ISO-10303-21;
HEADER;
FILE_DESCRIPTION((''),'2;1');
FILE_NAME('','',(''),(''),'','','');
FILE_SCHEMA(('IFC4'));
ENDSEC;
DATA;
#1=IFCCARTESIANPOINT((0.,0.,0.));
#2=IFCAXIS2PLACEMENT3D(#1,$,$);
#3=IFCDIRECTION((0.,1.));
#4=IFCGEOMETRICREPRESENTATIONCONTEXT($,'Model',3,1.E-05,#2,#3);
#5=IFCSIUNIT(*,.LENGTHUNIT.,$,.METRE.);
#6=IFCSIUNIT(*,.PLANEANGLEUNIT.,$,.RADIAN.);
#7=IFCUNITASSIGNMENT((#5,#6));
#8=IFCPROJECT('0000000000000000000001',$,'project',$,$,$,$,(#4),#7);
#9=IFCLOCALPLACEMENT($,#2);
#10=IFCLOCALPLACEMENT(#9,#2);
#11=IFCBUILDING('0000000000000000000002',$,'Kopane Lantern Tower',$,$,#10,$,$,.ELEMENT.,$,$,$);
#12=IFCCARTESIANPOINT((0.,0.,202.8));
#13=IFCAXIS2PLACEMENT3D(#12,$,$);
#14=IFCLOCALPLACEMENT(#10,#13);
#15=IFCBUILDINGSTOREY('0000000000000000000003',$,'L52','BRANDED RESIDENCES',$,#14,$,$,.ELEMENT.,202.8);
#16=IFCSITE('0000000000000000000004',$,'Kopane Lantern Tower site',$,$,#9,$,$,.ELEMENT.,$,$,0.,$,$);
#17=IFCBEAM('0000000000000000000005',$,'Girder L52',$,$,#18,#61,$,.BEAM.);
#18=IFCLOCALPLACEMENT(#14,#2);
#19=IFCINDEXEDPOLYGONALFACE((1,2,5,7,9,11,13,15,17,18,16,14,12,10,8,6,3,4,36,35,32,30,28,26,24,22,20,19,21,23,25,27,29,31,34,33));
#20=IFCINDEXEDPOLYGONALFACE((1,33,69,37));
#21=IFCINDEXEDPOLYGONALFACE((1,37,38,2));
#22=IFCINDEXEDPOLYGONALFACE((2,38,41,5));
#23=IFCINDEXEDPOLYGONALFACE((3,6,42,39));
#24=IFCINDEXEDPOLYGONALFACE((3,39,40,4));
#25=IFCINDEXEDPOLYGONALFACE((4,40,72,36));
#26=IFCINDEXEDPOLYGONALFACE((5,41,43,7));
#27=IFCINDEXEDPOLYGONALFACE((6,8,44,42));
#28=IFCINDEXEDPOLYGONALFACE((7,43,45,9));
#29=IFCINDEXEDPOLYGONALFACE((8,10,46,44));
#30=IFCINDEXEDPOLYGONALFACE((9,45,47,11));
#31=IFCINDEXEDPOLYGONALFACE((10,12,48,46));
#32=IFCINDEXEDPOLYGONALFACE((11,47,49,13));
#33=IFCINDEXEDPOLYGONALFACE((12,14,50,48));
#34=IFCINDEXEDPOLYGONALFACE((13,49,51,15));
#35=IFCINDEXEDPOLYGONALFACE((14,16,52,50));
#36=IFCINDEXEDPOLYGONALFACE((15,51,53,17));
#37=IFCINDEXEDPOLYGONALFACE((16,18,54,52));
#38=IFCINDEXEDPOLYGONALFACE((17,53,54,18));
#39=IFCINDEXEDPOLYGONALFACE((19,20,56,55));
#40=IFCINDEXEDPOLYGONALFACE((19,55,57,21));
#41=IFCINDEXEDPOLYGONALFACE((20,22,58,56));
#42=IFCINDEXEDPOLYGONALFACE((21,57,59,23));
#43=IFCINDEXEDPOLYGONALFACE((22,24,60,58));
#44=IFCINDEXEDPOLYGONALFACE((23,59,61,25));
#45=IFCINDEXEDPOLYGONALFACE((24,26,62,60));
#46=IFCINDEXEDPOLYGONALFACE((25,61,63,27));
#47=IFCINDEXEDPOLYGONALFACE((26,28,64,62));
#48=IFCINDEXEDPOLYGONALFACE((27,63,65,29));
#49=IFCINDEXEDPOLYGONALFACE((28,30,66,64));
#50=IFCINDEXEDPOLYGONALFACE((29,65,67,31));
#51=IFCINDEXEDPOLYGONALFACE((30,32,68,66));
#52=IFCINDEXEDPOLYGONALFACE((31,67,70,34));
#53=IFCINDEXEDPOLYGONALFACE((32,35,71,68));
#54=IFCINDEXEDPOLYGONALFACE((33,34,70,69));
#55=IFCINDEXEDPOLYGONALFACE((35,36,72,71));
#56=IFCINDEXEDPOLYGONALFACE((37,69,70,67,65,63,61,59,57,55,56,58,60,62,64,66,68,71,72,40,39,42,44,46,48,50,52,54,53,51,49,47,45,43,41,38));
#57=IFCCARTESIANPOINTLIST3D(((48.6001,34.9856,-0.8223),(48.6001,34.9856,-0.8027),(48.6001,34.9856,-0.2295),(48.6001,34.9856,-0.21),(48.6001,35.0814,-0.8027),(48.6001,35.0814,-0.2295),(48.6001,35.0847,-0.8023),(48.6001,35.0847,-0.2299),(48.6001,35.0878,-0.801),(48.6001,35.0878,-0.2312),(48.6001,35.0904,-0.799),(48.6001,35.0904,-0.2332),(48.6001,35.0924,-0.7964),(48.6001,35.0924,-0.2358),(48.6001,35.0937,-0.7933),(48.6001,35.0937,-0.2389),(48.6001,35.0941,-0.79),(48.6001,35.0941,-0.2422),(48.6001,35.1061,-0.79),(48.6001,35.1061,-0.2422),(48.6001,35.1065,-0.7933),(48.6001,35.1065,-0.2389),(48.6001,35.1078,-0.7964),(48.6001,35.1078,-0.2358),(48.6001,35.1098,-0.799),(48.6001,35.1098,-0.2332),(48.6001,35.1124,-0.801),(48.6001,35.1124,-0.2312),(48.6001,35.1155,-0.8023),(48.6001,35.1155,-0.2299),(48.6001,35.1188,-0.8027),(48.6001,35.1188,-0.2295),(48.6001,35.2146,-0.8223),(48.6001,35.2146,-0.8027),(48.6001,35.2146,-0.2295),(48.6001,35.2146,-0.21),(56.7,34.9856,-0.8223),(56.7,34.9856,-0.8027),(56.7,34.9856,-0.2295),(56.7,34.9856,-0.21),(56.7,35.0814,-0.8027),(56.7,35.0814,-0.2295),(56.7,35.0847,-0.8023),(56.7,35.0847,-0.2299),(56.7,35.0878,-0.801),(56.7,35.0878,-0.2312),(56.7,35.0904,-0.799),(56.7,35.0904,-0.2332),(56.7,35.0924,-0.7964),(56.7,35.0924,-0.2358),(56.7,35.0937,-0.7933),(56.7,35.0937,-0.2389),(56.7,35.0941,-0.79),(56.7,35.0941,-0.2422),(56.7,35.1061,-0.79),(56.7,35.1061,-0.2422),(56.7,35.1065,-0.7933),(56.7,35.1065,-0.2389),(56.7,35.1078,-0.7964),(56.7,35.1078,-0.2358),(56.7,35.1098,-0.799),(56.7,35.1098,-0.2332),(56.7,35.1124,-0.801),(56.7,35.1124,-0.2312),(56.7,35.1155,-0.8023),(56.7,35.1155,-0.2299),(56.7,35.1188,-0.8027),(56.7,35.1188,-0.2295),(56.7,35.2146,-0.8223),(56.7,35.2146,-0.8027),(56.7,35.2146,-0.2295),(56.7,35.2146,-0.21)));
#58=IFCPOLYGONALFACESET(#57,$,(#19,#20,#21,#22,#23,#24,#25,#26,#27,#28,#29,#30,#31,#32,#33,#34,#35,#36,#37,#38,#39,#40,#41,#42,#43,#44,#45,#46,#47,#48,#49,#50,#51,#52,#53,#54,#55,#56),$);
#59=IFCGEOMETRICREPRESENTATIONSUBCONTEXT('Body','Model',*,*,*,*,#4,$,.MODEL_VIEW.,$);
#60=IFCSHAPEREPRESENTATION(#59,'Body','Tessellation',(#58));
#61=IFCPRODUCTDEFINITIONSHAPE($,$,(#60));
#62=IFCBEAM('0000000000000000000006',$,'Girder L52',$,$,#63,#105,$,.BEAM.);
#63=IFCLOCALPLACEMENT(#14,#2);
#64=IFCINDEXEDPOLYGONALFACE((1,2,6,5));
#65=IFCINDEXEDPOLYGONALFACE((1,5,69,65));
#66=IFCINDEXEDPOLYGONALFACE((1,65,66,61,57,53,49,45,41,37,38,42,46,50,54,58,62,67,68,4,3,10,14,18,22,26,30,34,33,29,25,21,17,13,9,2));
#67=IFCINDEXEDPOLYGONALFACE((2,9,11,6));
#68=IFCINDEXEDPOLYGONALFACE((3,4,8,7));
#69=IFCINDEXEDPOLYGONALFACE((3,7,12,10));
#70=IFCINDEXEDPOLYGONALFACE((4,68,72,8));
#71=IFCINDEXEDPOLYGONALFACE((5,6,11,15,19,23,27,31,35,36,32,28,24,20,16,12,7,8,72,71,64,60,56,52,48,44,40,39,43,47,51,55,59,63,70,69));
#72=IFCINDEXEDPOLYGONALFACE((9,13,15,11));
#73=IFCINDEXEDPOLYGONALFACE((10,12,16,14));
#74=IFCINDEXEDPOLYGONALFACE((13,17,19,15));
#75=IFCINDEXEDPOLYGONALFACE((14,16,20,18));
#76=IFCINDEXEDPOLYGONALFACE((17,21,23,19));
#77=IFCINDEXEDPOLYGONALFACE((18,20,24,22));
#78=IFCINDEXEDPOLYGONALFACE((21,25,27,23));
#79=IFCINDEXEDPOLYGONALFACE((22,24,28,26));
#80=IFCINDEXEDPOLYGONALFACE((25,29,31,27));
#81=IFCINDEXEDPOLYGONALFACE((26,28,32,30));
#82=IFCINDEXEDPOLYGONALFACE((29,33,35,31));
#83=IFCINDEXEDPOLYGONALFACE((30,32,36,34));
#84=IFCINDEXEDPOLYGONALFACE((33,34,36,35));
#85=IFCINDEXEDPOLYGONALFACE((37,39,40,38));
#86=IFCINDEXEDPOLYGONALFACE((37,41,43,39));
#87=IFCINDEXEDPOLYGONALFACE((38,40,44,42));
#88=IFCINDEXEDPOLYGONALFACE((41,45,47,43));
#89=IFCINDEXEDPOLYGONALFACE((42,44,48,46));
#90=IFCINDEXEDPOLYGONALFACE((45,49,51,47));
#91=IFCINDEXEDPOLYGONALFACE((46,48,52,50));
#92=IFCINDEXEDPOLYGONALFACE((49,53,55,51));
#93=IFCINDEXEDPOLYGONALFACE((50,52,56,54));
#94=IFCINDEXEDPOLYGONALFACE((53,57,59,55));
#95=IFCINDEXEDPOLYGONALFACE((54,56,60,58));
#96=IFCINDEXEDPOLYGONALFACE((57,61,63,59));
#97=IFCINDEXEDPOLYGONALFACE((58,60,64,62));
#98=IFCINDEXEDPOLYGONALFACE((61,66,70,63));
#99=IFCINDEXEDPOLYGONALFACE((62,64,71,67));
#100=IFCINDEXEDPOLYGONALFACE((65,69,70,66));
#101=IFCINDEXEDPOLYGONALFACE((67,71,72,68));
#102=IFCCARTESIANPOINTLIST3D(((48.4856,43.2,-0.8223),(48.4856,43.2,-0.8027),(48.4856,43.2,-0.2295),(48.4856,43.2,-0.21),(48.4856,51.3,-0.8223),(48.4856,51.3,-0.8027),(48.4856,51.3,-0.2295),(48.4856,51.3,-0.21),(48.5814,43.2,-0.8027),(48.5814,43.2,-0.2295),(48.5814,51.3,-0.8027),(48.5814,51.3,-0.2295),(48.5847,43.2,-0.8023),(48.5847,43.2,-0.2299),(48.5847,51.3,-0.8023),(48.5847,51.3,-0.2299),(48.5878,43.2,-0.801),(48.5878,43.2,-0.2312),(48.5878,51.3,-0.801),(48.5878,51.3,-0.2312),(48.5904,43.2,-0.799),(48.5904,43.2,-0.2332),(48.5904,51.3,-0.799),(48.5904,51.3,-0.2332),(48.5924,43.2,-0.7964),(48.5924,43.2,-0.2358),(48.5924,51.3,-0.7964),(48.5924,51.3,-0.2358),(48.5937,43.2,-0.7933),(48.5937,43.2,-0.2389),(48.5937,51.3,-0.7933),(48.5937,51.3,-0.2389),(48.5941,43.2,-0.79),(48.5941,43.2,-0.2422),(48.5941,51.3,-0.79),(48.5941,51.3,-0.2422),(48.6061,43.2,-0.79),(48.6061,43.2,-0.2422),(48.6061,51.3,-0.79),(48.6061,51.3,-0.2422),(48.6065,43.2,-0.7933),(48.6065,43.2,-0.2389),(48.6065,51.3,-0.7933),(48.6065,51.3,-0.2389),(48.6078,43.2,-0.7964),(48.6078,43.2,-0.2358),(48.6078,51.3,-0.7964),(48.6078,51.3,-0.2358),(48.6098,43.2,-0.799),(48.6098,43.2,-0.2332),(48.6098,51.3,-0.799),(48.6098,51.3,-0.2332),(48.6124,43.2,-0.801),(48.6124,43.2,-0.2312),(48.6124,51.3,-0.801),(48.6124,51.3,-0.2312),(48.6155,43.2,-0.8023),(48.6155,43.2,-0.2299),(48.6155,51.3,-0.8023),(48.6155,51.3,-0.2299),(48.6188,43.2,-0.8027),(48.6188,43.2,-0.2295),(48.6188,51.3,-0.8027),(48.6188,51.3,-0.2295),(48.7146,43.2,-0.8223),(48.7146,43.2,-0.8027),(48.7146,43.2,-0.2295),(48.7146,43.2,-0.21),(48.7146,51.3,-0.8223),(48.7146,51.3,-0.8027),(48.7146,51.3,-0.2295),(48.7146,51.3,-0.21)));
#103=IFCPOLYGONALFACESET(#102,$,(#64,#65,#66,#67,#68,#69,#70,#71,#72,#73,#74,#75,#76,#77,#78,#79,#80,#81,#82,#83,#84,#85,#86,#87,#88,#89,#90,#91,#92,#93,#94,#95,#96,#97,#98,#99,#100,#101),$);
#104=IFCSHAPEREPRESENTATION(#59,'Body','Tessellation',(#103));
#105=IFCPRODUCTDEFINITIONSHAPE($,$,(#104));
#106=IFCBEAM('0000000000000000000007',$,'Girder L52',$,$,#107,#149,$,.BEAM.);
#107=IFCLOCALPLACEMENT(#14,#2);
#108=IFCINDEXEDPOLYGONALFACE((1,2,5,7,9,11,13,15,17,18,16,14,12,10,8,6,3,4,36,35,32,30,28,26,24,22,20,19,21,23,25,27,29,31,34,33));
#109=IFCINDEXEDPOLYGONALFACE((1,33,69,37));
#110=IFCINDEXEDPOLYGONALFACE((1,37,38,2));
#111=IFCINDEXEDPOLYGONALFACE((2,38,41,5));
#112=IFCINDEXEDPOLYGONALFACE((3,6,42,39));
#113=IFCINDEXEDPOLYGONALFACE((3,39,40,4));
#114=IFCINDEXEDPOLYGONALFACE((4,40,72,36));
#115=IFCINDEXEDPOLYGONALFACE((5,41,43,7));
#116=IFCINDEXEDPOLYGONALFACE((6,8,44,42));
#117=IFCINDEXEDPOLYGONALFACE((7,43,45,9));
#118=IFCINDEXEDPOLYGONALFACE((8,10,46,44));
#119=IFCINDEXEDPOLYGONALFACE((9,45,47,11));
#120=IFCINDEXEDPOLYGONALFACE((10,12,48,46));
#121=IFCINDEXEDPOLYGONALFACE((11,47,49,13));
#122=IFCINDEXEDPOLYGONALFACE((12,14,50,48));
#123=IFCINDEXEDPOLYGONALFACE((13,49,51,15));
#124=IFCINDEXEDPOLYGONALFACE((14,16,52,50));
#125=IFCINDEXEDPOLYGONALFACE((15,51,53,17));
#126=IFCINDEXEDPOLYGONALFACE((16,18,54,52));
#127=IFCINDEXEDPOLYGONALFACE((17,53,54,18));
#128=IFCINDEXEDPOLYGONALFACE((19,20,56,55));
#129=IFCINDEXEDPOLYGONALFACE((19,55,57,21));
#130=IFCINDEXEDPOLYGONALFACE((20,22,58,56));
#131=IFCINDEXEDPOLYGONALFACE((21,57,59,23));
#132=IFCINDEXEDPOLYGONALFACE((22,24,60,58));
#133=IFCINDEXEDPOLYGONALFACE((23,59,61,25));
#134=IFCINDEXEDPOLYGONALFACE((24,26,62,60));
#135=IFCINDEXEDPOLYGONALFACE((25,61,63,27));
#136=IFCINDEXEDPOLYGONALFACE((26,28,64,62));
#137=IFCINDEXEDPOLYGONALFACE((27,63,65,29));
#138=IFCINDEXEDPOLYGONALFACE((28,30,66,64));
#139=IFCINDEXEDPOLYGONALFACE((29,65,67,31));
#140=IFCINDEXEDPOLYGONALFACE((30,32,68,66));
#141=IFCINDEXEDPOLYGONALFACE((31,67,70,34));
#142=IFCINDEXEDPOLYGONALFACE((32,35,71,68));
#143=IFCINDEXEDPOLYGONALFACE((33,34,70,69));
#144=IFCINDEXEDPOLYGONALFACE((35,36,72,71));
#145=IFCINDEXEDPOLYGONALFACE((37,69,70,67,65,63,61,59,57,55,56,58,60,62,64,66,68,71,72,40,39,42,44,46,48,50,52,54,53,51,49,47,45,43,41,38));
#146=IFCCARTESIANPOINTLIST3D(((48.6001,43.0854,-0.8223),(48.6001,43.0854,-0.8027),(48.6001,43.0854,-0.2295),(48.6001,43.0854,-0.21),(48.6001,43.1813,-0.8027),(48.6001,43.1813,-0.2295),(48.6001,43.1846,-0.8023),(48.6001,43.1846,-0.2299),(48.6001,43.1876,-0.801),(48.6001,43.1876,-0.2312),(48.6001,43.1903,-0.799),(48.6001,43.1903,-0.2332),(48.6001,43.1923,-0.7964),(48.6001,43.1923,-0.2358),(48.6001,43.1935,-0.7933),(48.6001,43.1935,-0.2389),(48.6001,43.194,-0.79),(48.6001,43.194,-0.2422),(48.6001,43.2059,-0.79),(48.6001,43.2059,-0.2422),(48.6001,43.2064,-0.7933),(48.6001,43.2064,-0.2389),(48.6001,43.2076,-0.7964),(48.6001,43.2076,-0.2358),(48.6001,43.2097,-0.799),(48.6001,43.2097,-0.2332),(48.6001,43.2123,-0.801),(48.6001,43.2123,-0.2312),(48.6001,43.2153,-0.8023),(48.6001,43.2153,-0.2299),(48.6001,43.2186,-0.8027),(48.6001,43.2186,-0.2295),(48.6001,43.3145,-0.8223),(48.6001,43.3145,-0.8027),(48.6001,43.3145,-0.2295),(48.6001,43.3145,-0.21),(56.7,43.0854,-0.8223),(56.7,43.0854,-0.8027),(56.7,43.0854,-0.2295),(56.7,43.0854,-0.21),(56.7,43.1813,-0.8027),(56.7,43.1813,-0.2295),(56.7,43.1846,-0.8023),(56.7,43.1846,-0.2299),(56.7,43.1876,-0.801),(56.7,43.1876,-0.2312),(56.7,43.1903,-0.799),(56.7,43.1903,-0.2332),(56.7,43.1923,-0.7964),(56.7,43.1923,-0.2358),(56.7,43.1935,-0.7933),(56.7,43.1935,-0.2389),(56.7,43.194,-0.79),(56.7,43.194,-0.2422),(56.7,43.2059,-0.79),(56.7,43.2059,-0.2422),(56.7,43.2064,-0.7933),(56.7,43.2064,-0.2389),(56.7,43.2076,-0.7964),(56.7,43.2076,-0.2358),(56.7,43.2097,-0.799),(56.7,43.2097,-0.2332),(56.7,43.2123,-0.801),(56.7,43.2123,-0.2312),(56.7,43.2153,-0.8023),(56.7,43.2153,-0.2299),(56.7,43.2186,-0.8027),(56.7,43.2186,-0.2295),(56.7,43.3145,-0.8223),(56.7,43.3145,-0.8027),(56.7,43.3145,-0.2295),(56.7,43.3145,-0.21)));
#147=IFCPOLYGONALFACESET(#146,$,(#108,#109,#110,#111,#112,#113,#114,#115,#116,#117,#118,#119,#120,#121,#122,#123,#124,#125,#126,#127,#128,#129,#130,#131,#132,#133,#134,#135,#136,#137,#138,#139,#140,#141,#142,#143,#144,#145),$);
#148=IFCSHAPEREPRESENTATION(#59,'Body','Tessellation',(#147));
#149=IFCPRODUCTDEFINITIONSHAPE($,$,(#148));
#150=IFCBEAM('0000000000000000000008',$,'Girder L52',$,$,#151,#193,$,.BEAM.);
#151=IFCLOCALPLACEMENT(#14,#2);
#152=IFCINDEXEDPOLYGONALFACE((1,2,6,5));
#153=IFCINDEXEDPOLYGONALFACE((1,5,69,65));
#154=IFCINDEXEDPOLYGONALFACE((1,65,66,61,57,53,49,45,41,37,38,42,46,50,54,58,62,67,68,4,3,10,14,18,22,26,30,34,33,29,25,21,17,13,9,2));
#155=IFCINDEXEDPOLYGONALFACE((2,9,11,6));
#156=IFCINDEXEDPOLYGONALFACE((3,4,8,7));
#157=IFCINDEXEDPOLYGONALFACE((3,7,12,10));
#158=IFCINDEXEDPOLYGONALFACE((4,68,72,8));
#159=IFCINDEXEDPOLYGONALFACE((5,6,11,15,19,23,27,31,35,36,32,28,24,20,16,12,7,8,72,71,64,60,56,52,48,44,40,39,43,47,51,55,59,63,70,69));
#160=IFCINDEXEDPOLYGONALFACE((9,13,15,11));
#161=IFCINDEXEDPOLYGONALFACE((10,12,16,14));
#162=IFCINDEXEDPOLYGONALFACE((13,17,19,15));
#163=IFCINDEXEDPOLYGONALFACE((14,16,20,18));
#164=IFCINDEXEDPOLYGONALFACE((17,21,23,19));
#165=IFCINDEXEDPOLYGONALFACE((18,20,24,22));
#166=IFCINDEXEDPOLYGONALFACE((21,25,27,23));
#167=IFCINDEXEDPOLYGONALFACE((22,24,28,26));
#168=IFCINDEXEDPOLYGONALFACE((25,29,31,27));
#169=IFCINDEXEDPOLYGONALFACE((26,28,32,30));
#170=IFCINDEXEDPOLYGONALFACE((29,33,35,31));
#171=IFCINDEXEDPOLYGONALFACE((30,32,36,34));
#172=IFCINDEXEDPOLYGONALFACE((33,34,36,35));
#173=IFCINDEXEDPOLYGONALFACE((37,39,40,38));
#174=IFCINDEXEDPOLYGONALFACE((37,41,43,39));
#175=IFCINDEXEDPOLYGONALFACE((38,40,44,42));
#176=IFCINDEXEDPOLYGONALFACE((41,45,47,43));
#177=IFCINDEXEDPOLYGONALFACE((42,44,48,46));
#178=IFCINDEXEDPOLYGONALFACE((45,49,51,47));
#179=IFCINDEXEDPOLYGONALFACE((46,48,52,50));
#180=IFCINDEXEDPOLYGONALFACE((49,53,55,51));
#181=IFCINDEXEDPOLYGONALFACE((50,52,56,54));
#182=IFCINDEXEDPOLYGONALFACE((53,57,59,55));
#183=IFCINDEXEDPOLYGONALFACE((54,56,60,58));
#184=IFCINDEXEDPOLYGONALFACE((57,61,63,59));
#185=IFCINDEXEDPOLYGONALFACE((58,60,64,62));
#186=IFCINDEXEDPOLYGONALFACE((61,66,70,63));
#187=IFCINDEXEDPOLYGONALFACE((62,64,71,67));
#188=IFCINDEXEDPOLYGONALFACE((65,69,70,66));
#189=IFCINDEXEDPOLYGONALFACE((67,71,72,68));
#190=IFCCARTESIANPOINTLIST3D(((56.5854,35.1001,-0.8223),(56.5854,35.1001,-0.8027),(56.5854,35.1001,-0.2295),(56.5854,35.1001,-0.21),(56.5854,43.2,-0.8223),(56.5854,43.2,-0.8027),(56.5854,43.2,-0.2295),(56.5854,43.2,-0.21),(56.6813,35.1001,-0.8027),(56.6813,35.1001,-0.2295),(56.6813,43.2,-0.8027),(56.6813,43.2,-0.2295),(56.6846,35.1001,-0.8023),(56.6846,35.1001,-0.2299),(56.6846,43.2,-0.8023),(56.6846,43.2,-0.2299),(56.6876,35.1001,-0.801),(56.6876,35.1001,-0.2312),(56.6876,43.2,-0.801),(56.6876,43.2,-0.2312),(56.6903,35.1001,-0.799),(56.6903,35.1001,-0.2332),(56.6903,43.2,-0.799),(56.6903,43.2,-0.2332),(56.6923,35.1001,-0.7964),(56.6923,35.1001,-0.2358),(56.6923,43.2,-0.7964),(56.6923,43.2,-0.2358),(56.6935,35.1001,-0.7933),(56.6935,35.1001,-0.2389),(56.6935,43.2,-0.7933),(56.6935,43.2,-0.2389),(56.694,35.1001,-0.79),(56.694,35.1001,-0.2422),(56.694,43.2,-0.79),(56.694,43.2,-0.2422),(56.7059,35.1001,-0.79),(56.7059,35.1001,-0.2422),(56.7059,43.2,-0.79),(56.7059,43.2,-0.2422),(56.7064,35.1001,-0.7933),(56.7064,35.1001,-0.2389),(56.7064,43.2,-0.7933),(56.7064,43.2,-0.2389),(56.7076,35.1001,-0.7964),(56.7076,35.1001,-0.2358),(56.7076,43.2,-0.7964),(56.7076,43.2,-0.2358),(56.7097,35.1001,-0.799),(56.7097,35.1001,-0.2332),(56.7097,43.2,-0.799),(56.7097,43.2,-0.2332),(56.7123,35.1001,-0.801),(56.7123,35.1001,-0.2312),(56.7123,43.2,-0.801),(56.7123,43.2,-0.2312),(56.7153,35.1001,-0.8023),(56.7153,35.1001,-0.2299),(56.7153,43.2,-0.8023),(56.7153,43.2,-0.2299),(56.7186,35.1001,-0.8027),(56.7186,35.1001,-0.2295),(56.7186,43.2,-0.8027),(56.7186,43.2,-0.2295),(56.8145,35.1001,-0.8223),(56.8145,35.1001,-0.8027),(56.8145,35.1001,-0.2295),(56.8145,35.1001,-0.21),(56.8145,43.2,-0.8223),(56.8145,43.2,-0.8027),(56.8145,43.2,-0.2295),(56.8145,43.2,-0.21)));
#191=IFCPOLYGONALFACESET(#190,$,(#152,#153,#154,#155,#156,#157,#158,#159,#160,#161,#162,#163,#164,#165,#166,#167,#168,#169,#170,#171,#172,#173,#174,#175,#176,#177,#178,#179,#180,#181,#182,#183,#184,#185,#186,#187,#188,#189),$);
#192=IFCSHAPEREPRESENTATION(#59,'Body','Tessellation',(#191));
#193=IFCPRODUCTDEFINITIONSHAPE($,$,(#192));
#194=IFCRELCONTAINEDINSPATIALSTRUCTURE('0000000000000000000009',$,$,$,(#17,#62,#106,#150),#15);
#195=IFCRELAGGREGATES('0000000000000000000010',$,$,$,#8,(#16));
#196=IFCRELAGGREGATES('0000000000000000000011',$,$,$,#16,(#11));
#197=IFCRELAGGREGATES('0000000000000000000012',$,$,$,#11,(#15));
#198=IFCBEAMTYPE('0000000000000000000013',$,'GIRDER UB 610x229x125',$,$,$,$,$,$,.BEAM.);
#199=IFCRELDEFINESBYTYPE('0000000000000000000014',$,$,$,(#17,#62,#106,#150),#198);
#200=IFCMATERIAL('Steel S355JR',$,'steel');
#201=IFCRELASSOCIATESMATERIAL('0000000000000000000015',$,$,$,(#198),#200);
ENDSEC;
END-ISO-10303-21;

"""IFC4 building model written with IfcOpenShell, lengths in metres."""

from ifc_helpers import new_model, si_unit, direction, frame, origin, origin_2d, place, context, subcontext, project, spatial, i_section, extrude, material, material_profile, profile_set, type_object, element, save


model = new_model("IFC4")

# Units and contexts
model_context = context("Model", 3, precision=1e-05, world=origin(), true_north=direction((0.0, 1.0)))
body_context = subcontext(model_context, "Body", "Model", "MODEL_VIEW")
ifc_project = project(units=[si_unit("LENGTHUNIT", "METRE"), si_unit("PLANEANGLEUNIT", "RADIAN")], contexts=[model_context])

# Site, building, storey
site_placement = place(None, origin())
site = spatial("IfcSite", under=ifc_project, at=site_placement, Name="Kopane Lantern Tower site", CompositionType="ELEMENT", RefElevation=0.0)
building_placement = place(site_placement, origin())
building = spatial("IfcBuilding", under=site, at=building_placement, Name="Kopane Lantern Tower", CompositionType="ELEMENT")
storey_placement = place(building_placement, frame((0.0, 0.0, 202.8)))
storey = spatial("IfcBuildingStorey", under=building, at=storey_placement, Name="L52", Description="BRANDED RESIDENCES", CompositionType="ELEMENT", Elevation=202.8)

# Beams
ifc_material_1 = material(Name="Steel S355JR", Category="steel")
ifc_material_profile_1 = material_profile(ifc_material_1, i_section(OverallWidth=0.229, OverallDepth=0.6123, WebThickness=0.012, FlangeThickness=0.0195, FilletRadius=0.0127, at=origin_2d()), Name="UB 610x229x125")
ifc_profile_set_1 = profile_set([ifc_material_profile_1], Name="Steel S355JR")
beam_type = type_object("IfcBeamType", Name="GIRDER UB 610x229x125", PredefinedType="BEAM", material=ifc_profile_set_1)
for number, where, z_axis, x_axis, name in (
    (1, (48.6001, 35.1001, -0.5161), (1.0, 0.0, 0.0), (0.0, 1.0, 0.0), "Girder L52"),
):
    element("IfcBeam", number, at=place(storey_placement, frame(where, z_axis=z_axis, x_axis=x_axis)), inside=storey, type_object=beam_type, Name=name, PredefinedType="BEAM", context=body_context, shape_type="SweptSolid", body=[
        extrude(i_section(OverallWidth=0.229, OverallDepth=0.6123, WebThickness=0.012, FlangeThickness=0.0195, FilletRadius=0.0127, at=origin_2d()), origin(), (0.0, 0.0, 1.0), 8.0999),
    ])
beam_1_placement = place(storey_placement, frame((48.6001, 43.2, -0.5161), z_axis=(0.0, 1.0, 0.0), x_axis=(-1.0, 0.0, 0.0)))
element("IfcBeam", 2, at=beam_1_placement, inside=storey, type_object=beam_type, Name="Girder L52", PredefinedType="BEAM", context=body_context, shape_type="SweptSolid", body=[
    extrude(i_section(OverallWidth=0.229, OverallDepth=0.6123, WebThickness=0.012, FlangeThickness=0.0195, FilletRadius=0.0127, at=origin_2d()), origin(), (0.0, 0.0, 1.0), 8.1001),
])
for number, where, z_axis, x_axis, name in (
    (3, (48.6001, 43.2, -0.5161), (1.0, 0.0, 0.0), (0.0, 1.0, 0.0), "Girder L52"),
    (4, (56.7, 35.1001, -0.5161), (0.0, 1.0, 0.0), (-1.0, 0.0, 0.0), "Girder L52"),
):
    element("IfcBeam", number, at=place(storey_placement, frame(where, z_axis=z_axis, x_axis=x_axis)), inside=storey, type_object=beam_type, Name=name, PredefinedType="BEAM", context=body_context, shape_type="SweptSolid", body=[
        extrude(i_section(OverallWidth=0.229, OverallDepth=0.6123, WebThickness=0.012, FlangeThickness=0.0195, FilletRadius=0.0127, at=origin_2d()), origin(), (0.0, 0.0, 1.0), 8.0999),
    ])

save(model, "model.ifc")
